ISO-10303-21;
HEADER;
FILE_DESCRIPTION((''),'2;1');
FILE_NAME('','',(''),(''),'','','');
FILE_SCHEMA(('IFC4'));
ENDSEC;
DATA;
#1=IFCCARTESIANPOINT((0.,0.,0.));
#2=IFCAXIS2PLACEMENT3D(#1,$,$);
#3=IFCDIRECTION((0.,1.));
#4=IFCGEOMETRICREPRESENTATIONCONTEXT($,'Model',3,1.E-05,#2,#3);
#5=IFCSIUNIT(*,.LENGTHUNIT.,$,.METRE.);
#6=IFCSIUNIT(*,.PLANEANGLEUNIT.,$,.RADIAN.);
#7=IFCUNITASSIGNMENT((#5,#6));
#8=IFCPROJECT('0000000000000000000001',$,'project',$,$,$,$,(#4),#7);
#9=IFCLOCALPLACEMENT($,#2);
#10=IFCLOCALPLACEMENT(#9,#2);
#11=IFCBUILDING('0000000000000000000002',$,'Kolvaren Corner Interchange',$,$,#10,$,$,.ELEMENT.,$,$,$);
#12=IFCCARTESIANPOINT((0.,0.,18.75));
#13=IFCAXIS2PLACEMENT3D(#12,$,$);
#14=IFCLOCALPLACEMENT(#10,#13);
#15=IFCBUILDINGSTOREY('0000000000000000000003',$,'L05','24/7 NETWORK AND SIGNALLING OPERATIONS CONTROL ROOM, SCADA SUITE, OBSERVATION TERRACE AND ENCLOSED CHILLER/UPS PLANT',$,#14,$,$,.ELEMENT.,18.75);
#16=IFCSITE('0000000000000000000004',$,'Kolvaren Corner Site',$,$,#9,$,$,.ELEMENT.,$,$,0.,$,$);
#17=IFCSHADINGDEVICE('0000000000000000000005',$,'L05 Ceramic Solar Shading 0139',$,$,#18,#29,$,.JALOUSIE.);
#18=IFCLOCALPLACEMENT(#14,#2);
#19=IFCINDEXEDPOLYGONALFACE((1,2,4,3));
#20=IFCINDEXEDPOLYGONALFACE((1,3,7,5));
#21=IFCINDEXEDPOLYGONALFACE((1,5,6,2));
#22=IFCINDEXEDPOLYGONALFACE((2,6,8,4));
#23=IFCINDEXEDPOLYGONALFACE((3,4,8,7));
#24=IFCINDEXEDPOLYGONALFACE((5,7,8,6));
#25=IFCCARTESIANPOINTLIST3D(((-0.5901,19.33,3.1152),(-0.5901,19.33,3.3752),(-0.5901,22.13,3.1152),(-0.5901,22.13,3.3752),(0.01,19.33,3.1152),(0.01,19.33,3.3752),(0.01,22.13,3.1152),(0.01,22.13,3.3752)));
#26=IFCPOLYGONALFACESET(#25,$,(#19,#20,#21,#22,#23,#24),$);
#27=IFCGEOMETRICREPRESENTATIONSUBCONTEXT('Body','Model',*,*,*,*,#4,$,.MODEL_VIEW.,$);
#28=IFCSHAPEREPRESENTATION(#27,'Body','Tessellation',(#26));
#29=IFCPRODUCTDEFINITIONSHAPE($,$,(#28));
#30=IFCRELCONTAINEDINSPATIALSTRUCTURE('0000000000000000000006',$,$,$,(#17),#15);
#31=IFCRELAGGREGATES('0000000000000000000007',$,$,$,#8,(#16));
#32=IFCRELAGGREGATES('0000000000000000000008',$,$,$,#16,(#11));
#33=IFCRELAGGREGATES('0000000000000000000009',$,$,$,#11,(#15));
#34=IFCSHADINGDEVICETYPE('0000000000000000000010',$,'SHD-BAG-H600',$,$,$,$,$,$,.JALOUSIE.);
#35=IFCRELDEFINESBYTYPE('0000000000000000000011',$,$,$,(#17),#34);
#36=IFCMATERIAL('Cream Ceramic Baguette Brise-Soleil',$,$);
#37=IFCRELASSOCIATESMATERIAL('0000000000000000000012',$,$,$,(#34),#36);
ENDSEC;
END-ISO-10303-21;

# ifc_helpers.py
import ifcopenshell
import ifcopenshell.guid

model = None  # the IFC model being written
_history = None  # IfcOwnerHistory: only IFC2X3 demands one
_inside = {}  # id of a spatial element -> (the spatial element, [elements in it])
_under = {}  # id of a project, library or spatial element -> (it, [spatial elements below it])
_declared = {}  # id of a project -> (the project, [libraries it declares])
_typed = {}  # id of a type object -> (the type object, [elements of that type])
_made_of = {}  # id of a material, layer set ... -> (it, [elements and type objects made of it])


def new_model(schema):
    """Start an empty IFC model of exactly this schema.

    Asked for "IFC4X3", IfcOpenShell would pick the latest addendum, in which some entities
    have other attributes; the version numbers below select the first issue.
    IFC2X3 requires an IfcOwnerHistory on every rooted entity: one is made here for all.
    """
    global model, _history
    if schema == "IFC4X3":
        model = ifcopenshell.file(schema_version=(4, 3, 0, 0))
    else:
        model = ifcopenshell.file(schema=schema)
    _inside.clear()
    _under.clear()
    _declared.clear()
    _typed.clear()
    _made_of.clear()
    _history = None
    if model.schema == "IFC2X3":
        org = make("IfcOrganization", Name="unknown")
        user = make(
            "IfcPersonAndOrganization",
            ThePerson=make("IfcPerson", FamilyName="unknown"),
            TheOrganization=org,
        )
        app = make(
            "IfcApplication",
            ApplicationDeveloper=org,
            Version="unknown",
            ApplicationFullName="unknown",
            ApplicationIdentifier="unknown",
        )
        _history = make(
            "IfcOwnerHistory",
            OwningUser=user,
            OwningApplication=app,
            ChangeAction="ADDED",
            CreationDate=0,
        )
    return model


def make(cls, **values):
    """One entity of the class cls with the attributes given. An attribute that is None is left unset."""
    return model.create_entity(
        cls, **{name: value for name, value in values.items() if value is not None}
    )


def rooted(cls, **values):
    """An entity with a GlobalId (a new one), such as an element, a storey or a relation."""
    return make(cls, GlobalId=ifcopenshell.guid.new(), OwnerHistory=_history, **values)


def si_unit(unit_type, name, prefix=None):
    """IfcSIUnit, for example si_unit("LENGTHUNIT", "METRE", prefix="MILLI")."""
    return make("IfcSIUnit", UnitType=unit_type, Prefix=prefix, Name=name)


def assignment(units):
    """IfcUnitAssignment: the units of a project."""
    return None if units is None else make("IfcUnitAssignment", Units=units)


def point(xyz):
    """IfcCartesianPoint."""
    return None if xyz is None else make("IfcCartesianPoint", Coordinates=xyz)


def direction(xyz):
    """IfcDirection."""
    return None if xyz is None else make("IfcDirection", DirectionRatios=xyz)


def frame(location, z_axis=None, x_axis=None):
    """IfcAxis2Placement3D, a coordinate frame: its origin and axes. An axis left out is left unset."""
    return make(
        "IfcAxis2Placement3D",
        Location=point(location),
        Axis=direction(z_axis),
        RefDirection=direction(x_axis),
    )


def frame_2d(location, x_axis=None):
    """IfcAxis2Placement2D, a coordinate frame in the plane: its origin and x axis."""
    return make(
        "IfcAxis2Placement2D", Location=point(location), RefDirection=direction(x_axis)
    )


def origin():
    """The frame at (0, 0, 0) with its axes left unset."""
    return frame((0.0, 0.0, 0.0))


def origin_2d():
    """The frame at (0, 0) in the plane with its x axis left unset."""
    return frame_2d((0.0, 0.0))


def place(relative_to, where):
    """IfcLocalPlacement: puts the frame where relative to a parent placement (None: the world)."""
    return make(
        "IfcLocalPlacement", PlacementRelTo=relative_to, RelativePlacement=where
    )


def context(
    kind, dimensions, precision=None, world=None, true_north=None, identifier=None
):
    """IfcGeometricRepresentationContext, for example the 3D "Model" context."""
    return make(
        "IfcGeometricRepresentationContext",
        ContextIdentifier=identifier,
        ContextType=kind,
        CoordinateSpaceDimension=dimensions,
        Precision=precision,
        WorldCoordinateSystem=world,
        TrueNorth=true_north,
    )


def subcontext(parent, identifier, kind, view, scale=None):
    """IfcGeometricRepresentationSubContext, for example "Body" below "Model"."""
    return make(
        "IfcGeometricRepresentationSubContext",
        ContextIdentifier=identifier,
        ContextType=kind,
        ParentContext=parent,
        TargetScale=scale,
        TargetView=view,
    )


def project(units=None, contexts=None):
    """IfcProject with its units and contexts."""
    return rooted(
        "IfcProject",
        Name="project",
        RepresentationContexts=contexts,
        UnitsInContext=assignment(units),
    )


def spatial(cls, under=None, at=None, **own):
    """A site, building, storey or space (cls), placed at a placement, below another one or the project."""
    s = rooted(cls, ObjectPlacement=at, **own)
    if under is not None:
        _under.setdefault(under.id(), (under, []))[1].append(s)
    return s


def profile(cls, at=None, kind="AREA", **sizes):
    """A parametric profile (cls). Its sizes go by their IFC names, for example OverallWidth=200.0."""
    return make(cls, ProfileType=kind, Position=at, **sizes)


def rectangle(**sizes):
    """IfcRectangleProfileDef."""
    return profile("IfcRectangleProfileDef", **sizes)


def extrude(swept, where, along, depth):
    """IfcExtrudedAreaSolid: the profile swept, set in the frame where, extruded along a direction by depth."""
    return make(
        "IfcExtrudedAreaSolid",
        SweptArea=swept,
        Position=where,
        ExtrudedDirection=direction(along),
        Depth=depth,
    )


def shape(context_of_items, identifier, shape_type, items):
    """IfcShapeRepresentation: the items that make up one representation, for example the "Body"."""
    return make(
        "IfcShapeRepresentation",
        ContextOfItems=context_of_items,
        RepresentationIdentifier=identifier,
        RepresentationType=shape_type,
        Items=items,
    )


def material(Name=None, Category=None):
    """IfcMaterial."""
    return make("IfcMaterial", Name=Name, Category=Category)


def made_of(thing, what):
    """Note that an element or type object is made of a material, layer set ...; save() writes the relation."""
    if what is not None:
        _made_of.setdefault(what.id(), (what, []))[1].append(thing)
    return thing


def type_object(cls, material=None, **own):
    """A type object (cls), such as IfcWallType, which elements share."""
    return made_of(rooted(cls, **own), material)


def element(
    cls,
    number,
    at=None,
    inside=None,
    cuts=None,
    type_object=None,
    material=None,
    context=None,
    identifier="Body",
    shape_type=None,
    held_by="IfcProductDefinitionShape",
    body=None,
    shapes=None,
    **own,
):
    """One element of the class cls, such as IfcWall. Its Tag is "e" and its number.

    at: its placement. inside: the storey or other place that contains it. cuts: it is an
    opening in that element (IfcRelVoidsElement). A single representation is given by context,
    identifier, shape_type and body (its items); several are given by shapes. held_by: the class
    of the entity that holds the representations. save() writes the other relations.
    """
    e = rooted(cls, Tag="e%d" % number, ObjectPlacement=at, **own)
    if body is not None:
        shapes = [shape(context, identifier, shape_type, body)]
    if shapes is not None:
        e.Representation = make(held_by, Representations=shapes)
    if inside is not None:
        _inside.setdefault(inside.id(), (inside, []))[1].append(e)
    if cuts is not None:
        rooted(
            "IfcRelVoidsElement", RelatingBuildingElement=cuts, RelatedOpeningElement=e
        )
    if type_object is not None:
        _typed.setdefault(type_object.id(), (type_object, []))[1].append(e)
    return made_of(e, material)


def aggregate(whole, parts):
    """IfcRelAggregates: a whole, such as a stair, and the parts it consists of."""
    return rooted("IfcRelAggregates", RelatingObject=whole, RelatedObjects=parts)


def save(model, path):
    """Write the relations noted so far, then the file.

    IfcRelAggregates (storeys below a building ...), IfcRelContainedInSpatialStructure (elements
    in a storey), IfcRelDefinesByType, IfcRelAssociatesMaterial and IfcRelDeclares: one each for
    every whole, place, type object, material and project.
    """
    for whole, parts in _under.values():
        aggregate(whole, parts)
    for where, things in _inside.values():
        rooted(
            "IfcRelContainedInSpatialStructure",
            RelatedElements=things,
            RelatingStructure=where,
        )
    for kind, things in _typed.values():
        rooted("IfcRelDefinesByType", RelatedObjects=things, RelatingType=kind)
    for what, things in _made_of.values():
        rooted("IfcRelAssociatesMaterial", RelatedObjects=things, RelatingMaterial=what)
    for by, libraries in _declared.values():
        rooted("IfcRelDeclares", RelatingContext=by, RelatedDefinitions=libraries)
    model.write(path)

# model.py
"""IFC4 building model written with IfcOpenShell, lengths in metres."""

from ifc_helpers import new_model, si_unit, direction, frame, origin, origin_2d, place, context, subcontext, project, spatial, rectangle, extrude, material, type_object, element, save


model = new_model("IFC4")

# Units and contexts
model_context = context("Model", 3, precision=1e-05, world=origin(), true_north=direction((0.0, 1.0)))
body_context = subcontext(model_context, "Body", "Model", "MODEL_VIEW")
ifc_project = project(units=[si_unit("LENGTHUNIT", "METRE"), si_unit("PLANEANGLEUNIT", "RADIAN")], contexts=[model_context])

# Site, building, storey
site_placement = place(None, origin())
site = spatial("IfcSite", under=ifc_project, at=site_placement, Name="Kolvaren Corner Site", CompositionType="ELEMENT", RefElevation=0.0)
building_placement = place(site_placement, origin())
building = spatial("IfcBuilding", under=site, at=building_placement, Name="Kolvaren Corner Interchange", CompositionType="ELEMENT")
storey_placement = place(building_placement, frame((0.0, 0.0, 18.75)))
storey = spatial("IfcBuildingStorey", under=building, at=storey_placement, Name="L05", Description="24/7 NETWORK AND SIGNALLING OPERATIONS CONTROL ROOM, SCADA SUITE, OBSERVATION TERRACE AND ENCLOSED CHILLER/UPS PLANT", CompositionType="ELEMENT", Elevation=18.75)

# Shading device
ifc_material_1 = material(Name="Cream Ceramic Baguette Brise-Soleil")
shading_device_type = type_object("IfcShadingDeviceType", Name="SHD-BAG-H600", PredefinedType="JALOUSIE", material=ifc_material_1)
shading_device_placement = place(storey_placement, frame((-0.29, 20.73, 3.1152), z_axis=(0.0, 0.0, 1.0), x_axis=(0.0, -1.0, 0.0)))
element("IfcShadingDevice", 1, at=shading_device_placement, inside=storey, type_object=shading_device_type, Name="L05 Ceramic Solar Shading 0139", PredefinedType="JALOUSIE", context=body_context, shape_type="SweptSolid", body=[
    extrude(rectangle(XDim=2.8, YDim=0.6001, at=origin_2d()), origin(), (0.0, 0.0, 1.0), 0.26),
])

save(model, "model.ifc")
